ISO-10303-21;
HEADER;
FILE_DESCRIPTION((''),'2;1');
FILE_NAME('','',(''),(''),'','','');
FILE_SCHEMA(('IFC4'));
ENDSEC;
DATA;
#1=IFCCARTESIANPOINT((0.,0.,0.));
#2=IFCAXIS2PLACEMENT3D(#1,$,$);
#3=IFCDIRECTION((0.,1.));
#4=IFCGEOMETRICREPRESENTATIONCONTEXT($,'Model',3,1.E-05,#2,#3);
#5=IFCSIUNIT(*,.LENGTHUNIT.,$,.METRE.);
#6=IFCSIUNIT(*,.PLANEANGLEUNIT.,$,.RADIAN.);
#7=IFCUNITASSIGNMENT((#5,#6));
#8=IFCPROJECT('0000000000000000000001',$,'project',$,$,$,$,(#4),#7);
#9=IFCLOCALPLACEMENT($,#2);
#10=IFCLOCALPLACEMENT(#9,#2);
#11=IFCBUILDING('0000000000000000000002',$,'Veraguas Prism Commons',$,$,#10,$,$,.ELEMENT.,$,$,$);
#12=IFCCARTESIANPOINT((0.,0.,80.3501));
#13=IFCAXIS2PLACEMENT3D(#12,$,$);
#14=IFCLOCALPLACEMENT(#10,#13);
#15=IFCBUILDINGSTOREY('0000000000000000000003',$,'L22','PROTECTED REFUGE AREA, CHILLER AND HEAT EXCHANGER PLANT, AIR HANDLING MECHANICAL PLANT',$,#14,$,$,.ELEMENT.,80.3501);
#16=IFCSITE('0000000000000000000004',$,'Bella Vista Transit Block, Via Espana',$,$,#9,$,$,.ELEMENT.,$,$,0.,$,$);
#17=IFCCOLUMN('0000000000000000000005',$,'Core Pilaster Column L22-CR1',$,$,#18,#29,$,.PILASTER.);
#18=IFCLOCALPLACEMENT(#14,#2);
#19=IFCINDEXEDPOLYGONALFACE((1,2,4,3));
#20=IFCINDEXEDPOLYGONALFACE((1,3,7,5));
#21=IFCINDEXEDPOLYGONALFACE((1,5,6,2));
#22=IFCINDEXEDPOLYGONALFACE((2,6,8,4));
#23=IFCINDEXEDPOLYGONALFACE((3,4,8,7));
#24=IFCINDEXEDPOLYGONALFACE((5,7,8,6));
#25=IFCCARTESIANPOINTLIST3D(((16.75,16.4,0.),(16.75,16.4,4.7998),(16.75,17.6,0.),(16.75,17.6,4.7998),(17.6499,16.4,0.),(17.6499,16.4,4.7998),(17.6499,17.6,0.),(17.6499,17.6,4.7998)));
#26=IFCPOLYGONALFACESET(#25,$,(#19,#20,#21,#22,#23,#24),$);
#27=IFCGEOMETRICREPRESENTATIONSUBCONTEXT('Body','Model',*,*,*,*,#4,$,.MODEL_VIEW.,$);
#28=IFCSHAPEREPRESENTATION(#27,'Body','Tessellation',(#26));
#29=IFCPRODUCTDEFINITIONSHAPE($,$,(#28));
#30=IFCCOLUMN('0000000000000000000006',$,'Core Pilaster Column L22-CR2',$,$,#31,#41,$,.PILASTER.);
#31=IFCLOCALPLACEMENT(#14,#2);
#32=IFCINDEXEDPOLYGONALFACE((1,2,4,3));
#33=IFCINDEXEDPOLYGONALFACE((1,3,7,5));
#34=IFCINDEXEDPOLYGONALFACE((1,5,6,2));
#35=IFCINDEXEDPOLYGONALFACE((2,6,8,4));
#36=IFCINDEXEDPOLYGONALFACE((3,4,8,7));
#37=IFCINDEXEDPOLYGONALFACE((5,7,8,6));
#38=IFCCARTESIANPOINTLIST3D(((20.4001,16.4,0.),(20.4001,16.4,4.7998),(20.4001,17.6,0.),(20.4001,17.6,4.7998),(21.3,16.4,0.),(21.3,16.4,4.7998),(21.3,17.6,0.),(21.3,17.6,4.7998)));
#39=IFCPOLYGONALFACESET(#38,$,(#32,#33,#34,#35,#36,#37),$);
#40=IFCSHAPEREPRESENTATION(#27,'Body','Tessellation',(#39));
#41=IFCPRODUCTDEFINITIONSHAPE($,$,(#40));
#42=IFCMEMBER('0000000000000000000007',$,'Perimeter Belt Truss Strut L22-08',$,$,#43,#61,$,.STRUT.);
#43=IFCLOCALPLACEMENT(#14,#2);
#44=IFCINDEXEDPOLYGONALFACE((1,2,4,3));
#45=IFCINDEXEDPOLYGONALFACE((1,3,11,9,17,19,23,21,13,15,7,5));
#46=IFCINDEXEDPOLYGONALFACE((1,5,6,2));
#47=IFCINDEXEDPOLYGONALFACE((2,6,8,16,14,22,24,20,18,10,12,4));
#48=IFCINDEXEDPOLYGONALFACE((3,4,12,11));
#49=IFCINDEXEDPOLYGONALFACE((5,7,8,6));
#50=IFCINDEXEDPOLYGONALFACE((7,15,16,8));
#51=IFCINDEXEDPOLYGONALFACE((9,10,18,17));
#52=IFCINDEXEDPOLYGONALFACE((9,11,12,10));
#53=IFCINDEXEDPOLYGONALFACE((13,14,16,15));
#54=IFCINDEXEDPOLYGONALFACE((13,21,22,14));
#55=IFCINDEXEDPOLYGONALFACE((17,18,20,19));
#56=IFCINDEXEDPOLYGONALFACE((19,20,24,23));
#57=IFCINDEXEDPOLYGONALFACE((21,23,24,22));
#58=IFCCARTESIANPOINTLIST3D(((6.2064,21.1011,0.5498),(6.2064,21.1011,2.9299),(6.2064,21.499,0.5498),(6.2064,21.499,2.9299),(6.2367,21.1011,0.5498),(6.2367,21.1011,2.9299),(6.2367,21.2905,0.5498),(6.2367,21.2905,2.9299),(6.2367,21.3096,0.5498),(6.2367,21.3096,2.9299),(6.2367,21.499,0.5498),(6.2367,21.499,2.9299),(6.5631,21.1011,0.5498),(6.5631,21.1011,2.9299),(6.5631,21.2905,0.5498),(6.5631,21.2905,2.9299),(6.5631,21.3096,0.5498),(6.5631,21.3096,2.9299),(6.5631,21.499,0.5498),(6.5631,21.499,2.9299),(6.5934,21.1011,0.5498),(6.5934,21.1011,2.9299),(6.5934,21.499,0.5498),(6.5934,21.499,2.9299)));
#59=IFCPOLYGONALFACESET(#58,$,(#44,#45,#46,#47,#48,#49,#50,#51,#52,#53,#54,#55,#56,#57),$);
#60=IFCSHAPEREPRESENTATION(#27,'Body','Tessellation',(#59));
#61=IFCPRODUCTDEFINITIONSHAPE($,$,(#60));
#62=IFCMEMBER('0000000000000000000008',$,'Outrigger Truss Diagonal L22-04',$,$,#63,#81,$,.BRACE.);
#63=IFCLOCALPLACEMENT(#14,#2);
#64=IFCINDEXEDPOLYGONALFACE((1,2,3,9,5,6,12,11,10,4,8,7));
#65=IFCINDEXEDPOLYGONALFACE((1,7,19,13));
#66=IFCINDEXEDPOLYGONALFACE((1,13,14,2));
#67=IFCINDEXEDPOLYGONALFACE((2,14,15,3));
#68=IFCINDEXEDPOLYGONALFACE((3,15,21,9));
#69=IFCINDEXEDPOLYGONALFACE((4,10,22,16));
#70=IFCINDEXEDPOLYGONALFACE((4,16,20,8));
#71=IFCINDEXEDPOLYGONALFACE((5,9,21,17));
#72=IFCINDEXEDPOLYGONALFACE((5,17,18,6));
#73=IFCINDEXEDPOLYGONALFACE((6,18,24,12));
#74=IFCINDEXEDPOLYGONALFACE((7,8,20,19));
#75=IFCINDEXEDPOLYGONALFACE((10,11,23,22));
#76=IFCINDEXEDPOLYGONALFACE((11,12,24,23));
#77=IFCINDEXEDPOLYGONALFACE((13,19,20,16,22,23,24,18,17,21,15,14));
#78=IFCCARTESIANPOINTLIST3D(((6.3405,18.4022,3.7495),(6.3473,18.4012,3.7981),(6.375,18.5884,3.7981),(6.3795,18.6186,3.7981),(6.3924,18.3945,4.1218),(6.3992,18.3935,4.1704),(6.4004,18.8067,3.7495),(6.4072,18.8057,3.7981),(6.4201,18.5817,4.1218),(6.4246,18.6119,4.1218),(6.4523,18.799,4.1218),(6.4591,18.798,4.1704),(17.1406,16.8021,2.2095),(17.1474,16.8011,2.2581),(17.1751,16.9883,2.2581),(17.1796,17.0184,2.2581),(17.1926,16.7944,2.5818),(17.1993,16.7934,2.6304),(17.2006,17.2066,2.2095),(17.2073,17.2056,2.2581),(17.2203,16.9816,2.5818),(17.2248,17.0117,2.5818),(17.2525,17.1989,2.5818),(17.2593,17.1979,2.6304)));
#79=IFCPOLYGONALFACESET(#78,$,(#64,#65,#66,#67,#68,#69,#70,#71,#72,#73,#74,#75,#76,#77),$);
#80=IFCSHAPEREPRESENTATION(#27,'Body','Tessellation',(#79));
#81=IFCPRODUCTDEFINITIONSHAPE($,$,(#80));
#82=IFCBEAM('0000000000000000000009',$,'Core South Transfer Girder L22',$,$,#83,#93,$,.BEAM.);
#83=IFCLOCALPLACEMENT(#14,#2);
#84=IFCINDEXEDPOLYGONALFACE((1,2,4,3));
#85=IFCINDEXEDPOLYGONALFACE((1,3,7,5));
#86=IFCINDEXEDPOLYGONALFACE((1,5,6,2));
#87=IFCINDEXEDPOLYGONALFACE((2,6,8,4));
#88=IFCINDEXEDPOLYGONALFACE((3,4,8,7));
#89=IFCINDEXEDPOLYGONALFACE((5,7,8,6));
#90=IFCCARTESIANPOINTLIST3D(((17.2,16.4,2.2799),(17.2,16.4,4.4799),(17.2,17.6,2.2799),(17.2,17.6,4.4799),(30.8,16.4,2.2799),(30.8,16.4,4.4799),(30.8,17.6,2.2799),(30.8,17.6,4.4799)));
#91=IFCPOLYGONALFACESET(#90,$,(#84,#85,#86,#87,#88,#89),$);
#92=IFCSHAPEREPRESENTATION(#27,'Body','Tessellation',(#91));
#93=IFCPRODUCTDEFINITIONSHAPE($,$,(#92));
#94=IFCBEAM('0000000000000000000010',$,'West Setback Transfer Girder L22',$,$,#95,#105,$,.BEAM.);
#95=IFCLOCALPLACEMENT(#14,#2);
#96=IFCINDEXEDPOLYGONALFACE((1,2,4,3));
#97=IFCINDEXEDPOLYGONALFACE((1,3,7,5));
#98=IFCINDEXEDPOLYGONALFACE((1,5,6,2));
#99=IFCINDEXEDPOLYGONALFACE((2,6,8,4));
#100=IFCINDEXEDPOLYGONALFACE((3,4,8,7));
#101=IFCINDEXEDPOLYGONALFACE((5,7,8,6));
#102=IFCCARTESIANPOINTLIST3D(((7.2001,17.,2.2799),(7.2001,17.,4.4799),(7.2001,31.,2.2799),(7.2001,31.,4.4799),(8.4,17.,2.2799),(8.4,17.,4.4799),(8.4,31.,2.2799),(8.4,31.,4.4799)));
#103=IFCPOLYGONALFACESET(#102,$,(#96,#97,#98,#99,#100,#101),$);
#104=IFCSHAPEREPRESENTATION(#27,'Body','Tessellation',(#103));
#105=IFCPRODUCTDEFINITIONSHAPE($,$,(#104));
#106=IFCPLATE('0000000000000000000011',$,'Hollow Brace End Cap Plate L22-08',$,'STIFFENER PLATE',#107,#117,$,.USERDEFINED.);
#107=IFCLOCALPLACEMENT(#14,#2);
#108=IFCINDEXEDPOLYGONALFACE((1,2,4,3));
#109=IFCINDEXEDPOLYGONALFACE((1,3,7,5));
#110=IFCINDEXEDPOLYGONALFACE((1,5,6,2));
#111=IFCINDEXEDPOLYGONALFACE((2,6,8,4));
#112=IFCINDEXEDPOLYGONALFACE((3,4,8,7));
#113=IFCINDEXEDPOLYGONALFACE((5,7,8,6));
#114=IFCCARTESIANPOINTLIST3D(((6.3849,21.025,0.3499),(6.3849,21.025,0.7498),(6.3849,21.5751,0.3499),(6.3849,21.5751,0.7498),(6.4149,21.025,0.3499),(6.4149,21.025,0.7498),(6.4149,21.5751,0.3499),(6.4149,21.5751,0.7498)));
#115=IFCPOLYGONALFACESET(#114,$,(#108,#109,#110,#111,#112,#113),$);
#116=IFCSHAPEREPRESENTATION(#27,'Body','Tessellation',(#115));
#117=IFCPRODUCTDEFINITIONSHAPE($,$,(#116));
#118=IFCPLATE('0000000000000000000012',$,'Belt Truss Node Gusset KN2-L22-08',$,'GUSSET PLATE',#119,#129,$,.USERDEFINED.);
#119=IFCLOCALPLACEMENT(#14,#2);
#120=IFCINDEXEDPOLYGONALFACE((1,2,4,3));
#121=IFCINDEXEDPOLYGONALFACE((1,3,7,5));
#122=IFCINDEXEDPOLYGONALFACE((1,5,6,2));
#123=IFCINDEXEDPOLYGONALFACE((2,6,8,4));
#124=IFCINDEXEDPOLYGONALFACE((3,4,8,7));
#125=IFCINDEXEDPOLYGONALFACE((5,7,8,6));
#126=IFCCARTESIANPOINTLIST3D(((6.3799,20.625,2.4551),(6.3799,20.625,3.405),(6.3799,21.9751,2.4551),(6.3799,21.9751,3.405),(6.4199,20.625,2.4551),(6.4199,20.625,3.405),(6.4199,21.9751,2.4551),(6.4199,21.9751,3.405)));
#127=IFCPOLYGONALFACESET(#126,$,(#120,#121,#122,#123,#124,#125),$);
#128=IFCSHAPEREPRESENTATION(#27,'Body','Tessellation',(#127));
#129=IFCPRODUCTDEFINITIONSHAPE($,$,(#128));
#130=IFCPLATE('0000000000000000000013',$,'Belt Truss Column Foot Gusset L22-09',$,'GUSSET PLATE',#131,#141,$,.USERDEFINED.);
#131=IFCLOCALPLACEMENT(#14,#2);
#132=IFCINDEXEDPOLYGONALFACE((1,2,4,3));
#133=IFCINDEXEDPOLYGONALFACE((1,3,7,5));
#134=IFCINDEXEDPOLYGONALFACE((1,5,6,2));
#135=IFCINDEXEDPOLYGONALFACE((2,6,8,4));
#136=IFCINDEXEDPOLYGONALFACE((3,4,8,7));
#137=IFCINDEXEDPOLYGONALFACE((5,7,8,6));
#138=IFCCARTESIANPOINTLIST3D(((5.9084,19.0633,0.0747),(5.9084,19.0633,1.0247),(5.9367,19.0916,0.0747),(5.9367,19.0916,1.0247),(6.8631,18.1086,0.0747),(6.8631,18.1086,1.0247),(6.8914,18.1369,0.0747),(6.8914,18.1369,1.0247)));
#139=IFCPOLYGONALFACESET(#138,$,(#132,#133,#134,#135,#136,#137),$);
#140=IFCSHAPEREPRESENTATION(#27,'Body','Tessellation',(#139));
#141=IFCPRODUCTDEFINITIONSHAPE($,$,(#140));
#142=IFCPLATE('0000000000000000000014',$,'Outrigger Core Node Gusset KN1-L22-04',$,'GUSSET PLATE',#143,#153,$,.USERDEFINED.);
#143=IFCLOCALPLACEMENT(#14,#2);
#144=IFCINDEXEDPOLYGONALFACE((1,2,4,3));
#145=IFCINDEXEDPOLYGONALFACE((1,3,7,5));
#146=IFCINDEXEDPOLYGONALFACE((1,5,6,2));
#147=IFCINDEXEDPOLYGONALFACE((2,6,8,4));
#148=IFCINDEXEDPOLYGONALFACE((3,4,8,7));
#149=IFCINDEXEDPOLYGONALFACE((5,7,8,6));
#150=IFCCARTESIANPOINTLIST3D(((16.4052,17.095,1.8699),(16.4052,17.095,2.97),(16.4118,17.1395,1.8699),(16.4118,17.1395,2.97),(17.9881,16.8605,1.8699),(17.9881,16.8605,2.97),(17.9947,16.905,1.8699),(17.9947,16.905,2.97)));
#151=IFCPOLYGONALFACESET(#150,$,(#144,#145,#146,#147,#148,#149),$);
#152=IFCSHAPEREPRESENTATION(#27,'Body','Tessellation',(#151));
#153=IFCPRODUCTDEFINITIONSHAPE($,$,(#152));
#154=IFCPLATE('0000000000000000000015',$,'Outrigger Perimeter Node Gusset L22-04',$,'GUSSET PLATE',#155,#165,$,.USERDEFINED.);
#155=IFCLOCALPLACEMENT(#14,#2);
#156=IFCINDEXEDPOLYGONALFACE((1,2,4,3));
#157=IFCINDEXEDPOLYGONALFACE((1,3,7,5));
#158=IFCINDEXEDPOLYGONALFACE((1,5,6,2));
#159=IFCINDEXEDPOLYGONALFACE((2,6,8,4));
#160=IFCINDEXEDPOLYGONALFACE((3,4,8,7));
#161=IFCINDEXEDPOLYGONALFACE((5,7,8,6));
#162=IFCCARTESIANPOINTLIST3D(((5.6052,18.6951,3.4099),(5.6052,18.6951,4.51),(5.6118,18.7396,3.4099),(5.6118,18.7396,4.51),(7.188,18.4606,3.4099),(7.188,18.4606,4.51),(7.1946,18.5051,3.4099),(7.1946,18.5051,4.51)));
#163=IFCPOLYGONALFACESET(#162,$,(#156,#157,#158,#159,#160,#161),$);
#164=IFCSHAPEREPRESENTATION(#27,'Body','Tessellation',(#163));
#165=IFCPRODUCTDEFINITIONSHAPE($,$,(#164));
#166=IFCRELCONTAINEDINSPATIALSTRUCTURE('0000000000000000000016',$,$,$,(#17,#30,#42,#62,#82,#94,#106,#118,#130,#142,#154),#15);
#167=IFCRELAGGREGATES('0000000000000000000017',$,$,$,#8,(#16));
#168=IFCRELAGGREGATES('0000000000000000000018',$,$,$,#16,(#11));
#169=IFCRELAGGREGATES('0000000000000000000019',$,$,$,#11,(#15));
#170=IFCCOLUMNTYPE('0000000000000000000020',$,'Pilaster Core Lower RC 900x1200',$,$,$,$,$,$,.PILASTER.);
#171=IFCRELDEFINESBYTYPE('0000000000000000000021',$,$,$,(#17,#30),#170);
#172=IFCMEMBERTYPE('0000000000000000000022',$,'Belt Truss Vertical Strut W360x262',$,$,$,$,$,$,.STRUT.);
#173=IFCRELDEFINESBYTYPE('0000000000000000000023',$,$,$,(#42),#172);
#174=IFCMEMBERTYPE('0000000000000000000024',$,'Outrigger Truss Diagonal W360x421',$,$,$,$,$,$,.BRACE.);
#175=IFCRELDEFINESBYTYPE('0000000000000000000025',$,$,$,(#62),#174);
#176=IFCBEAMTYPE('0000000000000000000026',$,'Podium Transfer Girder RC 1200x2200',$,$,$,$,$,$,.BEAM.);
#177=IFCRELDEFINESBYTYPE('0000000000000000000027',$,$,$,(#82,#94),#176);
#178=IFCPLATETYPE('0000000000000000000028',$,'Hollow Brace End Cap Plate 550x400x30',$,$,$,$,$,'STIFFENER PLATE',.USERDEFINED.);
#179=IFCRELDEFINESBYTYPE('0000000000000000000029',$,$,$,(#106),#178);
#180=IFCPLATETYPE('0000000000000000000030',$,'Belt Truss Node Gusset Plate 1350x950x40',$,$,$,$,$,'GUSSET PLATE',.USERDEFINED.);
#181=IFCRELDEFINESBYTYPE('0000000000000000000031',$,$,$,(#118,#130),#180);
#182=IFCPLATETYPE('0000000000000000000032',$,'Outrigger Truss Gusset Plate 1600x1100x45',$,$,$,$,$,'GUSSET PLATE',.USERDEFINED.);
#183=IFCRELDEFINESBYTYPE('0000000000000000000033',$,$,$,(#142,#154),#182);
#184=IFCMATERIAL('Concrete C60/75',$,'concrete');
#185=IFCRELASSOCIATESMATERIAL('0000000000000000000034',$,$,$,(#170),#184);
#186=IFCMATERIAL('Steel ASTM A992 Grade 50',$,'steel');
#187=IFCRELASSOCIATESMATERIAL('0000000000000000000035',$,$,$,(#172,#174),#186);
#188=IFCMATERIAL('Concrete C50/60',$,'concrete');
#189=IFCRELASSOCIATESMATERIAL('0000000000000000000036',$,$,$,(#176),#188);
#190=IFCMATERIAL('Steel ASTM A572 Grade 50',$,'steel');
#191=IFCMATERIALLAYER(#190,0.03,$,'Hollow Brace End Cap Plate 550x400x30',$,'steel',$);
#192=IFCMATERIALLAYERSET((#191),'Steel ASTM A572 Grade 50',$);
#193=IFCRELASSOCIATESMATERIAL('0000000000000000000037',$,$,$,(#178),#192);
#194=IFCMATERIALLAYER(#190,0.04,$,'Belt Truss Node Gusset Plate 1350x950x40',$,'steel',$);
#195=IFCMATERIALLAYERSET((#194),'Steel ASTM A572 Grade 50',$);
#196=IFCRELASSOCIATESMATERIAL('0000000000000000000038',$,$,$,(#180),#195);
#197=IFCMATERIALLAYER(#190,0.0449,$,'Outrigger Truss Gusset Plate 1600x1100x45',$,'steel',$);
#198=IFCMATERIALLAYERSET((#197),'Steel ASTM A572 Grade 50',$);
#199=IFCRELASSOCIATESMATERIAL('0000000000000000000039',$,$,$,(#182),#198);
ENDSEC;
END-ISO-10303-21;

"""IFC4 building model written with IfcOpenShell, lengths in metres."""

from ifc_helpers import new_model, si_unit, direction, frame, origin, origin_2d, place, context, subcontext, project, spatial, rectangle, i_section, extrude, source, transform, mapped, material, layer, layer_set, material_profile, profile_set, type_object, element, save


model = new_model("IFC4")

# Units and contexts
model_context = context("Model", 3, precision=1e-05, world=origin(), true_north=direction((0.0, 1.0)))
body_context = subcontext(model_context, "Body", "Model", "MODEL_VIEW")
ifc_project = project(units=[si_unit("LENGTHUNIT", "METRE"), si_unit("PLANEANGLEUNIT", "RADIAN")], contexts=[model_context])

# Site, building, storey
site_placement = place(None, origin())
site = spatial("IfcSite", under=ifc_project, at=site_placement, Name="Bella Vista Transit Block, Via Espana", CompositionType="ELEMENT", RefElevation=0.0)
building_placement = place(site_placement, origin())
building = spatial("IfcBuilding", under=site, at=building_placement, Name="Veraguas Prism Commons", CompositionType="ELEMENT")
storey_placement = place(building_placement, frame((0.0, 0.0, 80.3501)))
storey = spatial("IfcBuildingStorey", under=building, at=storey_placement, Name="L22", Description="PROTECTED REFUGE AREA, CHILLER AND HEAT EXCHANGER PLANT, AIR HANDLING MECHANICAL PLANT", CompositionType="ELEMENT", Elevation=80.3501)

# Columns
ifc_material_1 = material(Name="Concrete C60/75", Category="concrete")
ifc_material_profile_1 = material_profile(ifc_material_1, rectangle(XDim=0.8999, YDim=1.2, at=origin_2d()), Name="RC900X1200")
ifc_profile_set_1 = profile_set([ifc_material_profile_1], Name="Concrete C60/75")
column_type = type_object("IfcColumnType", Name="Pilaster Core Lower RC 900x1200", PredefinedType="PILASTER", material=ifc_profile_set_1)
for number, where, z_axis, x_axis, name in (
    (1, (17.2, 17.0, 0.0), (0.0, 0.0, 1.0), (1.0, 0.0, 0.0), "Core Pilaster Column L22-CR1"),
    (2, (20.8501, 17.0, 0.0), (0.0, 0.0, 1.0), (1.0, 0.0, 0.0), "Core Pilaster Column L22-CR2"),
):
    element("IfcColumn", number, at=place(storey_placement, frame(where, z_axis=z_axis, x_axis=x_axis)), inside=storey, type_object=column_type, Name=name, PredefinedType="PILASTER", context=body_context, shape_type="SweptSolid", body=[
        extrude(rectangle(XDim=0.8999, YDim=1.2, at=origin_2d()), origin(), (0.0, 0.0, 1.0), 4.7998),
    ])

# Members
ifc_material_2 = material(Name="Steel ASTM A992 Grade 50", Category="steel")
ifc_material_profile_2 = material_profile(ifc_material_2, i_section(OverallWidth=0.3979, OverallDepth=0.387, WebThickness=0.019, FlangeThickness=0.0303, at=origin_2d()), Name="W360X262")
ifc_profile_set_2 = profile_set([ifc_material_profile_2], Name="Steel ASTM A992 Grade 50")
member_type_1 = type_object("IfcMemberType", Name="Belt Truss Vertical Strut W360x262", PredefinedType="STRUT", material=ifc_profile_set_2)
member_1_placement = place(storey_placement, frame((6.3999, 21.3, 0.5498), z_axis=(0.0, 0.0, 1.0), x_axis=(0.0, -1.0, 0.0)))
element("IfcMember", 3, at=member_1_placement, inside=storey, type_object=member_type_1, Name="Perimeter Belt Truss Strut L22-08", PredefinedType="STRUT", context=body_context, shape_type="SweptSolid", body=[
    extrude(i_section(OverallWidth=0.3979, OverallDepth=0.387, WebThickness=0.019, FlangeThickness=0.0303, at=origin_2d()), origin(), (0.0, 0.0, 1.0), 2.3801),
])
ifc_material_profile_3 = material_profile(ifc_material_2, i_section(OverallWidth=0.4089, OverallDepth=0.425, WebThickness=0.0305, FlangeThickness=0.0491, at=origin_2d()), Name="W360X421")
ifc_profile_set_3 = profile_set([ifc_material_profile_3], Name="Steel ASTM A992 Grade 50")
member_type_2 = type_object("IfcMemberType", Name="Outrigger Truss Diagonal W360x421", PredefinedType="BRACE", material=ifc_profile_set_3)
member_2_placement = place(storey_placement, frame((17.2, 17.0, 2.4199), z_axis=(-0.979506, 0.14512, 0.139673), x_axis=(-0.146557, -0.989202, 0.0)))
element("IfcMember", 4, at=member_2_placement, inside=storey, type_object=member_type_2, Name="Outrigger Truss Diagonal L22-04", PredefinedType="BRACE", context=body_context, shape_type="SweptSolid", body=[
    extrude(i_section(OverallWidth=0.4089, OverallDepth=0.425, WebThickness=0.0305, FlangeThickness=0.0491, at=origin_2d()), origin(), (0.0, 0.0, 1.0), 11.0261),
])

# Beams
ifc_material_3 = material(Name="Concrete C50/60", Category="concrete")
ifc_material_profile_4 = material_profile(ifc_material_3, rectangle(XDim=1.2, YDim=2.2, at=origin_2d()), Name="RC1200X2200")
ifc_profile_set_4 = profile_set([ifc_material_profile_4], Name="Concrete C50/60")
beam_type = type_object("IfcBeamType", Name="Podium Transfer Girder RC 1200x2200", PredefinedType="BEAM", material=ifc_profile_set_4)
beam_1_placement = place(storey_placement, frame((17.2, 17.0, 3.3799), z_axis=(1.0, 0.0, 0.0), x_axis=(0.0, 1.0, 0.0)))
element("IfcBeam", 5, at=beam_1_placement, inside=storey, type_object=beam_type, Name="Core South Transfer Girder L22", PredefinedType="BEAM", context=body_context, shape_type="SweptSolid", body=[
    extrude(rectangle(XDim=1.2, YDim=2.2, at=origin_2d()), origin(), (0.0, 0.0, 1.0), 13.6001),
])
beam_2_placement = place(storey_placement, frame((7.8, 17.0, 3.3799), z_axis=(0.0, 1.0, 0.0), x_axis=(-1.0, 0.0, 0.0)))
element("IfcBeam", 6, at=beam_2_placement, inside=storey, type_object=beam_type, Name="West Setback Transfer Girder L22", PredefinedType="BEAM", context=body_context, shape_type="SweptSolid", body=[
    extrude(rectangle(XDim=1.2, YDim=2.2, at=origin_2d()), origin(), (0.0, 0.0, 1.0), 14.0),
])

# Plates
ifc_material_4 = material(Name="Steel ASTM A572 Grade 50", Category="steel")
ifc_layer_1 = layer(ifc_material_4, 0.03, Name="Hollow Brace End Cap Plate 550x400x30", Category="steel")
ifc_layer_set_1 = layer_set([ifc_layer_1], Name="Steel ASTM A572 Grade 50")
plate_type_1 = type_object("IfcPlateType", Name="Hollow Brace End Cap Plate 550x400x30", ElementType="STIFFENER PLATE", PredefinedType="USERDEFINED", material=ifc_layer_set_1)
shared_shape_1 = source(origin(), body_context, "Body", "SweptSolid", [
    extrude(rectangle(XDim=0.55, YDim=0.03, at=origin_2d()), origin(), (0.0, 0.0, 1.0), 0.3999),
])
plate_placement = place(storey_placement, frame((6.3999, 21.3, 0.3499), z_axis=(0.0, 0.0, 1.0), x_axis=(0.0, -1.0, 0.0)))
element("IfcPlate", 7, at=plate_placement, inside=storey, type_object=plate_type_1, Name="Hollow Brace End Cap Plate L22-08", ObjectType="STIFFENER PLATE", PredefinedType="USERDEFINED", context=body_context, shape_type="MappedRepresentation", body=[
    mapped(shared_shape_1, transform((0.0, 0.0, 0.0), scale=1.0)),
])
ifc_layer_2 = layer(ifc_material_4, 0.04, Name="Belt Truss Node Gusset Plate 1350x950x40", Category="steel")
ifc_layer_set_2 = layer_set([ifc_layer_2], Name="Steel ASTM A572 Grade 50")
plate_type_2 = type_object("IfcPlateType", Name="Belt Truss Node Gusset Plate 1350x950x40", ElementType="GUSSET PLATE", PredefinedType="USERDEFINED", material=ifc_layer_set_2)
shared_shape_2 = source(origin(), body_context, "Body", "SweptSolid", [
    extrude(rectangle(XDim=1.3501, YDim=0.04, at=origin_2d()), origin(), (0.0, 0.0, 1.0), 0.95),
])
for number, where, z_axis, x_axis, name in (
    (8, (6.3999, 21.3, 2.4551), (0.0, 0.0, 1.0), (0.0, -1.0, 0.0), "Belt Truss Node Gusset KN2-L22-08"),
    (9, (6.3999, 18.6001, 0.0747), (0.0, 0.0, 1.0), (0.707107, -0.707107, 0.0), "Belt Truss Column Foot Gusset L22-09"),
):
    element("IfcPlate", number, at=place(storey_placement, frame(where, z_axis=z_axis, x_axis=x_axis)), inside=storey, type_object=plate_type_2, Name=name, ObjectType="GUSSET PLATE", PredefinedType="USERDEFINED", context=body_context, shape_type="MappedRepresentation", body=[
        mapped(shared_shape_2, transform((0.0, 0.0, 0.0), scale=1.0)),
    ])
ifc_layer_3 = layer(ifc_material_4, 0.0449, Name="Outrigger Truss Gusset Plate 1600x1100x45", Category="steel")
ifc_layer_set_3 = layer_set([ifc_layer_3], Name="Steel ASTM A572 Grade 50")
plate_type_3 = type_object("IfcPlateType", Name="Outrigger Truss Gusset Plate 1600x1100x45", ElementType="GUSSET PLATE", PredefinedType="USERDEFINED", material=ifc_layer_set_3)
shared_shape_3 = source(origin(), body_context, "Body", "SweptSolid", [
    extrude(rectangle(XDim=1.6001, YDim=0.0449, at=origin_2d()), origin(), (0.0, 0.0, 1.0), 1.1001),
])
for number, where, z_axis, x_axis, name in (
    (10, (17.2, 17.0, 1.8699), (0.0, 0.0, 1.0), (-0.989203, 0.146549, 0.0), "Outrigger Core Node Gusset KN1-L22-04"),
    (11, (6.3999, 18.6001, 3.4099), (0.0, 0.0, 1.0), (-0.989203, 0.146549, 0.0), "Outrigger Perimeter Node Gusset L22-04"),
):
    element("IfcPlate", number, at=place(storey_placement, frame(where, z_axis=z_axis, x_axis=x_axis)), inside=storey, type_object=plate_type_3, Name=name, ObjectType="GUSSET PLATE", PredefinedType="USERDEFINED", context=body_context, shape_type="MappedRepresentation", body=[
        mapped(shared_shape_3, transform((0.0, 0.0, 0.0), scale=1.0)),
    ])

save(model, "model.ifc")
